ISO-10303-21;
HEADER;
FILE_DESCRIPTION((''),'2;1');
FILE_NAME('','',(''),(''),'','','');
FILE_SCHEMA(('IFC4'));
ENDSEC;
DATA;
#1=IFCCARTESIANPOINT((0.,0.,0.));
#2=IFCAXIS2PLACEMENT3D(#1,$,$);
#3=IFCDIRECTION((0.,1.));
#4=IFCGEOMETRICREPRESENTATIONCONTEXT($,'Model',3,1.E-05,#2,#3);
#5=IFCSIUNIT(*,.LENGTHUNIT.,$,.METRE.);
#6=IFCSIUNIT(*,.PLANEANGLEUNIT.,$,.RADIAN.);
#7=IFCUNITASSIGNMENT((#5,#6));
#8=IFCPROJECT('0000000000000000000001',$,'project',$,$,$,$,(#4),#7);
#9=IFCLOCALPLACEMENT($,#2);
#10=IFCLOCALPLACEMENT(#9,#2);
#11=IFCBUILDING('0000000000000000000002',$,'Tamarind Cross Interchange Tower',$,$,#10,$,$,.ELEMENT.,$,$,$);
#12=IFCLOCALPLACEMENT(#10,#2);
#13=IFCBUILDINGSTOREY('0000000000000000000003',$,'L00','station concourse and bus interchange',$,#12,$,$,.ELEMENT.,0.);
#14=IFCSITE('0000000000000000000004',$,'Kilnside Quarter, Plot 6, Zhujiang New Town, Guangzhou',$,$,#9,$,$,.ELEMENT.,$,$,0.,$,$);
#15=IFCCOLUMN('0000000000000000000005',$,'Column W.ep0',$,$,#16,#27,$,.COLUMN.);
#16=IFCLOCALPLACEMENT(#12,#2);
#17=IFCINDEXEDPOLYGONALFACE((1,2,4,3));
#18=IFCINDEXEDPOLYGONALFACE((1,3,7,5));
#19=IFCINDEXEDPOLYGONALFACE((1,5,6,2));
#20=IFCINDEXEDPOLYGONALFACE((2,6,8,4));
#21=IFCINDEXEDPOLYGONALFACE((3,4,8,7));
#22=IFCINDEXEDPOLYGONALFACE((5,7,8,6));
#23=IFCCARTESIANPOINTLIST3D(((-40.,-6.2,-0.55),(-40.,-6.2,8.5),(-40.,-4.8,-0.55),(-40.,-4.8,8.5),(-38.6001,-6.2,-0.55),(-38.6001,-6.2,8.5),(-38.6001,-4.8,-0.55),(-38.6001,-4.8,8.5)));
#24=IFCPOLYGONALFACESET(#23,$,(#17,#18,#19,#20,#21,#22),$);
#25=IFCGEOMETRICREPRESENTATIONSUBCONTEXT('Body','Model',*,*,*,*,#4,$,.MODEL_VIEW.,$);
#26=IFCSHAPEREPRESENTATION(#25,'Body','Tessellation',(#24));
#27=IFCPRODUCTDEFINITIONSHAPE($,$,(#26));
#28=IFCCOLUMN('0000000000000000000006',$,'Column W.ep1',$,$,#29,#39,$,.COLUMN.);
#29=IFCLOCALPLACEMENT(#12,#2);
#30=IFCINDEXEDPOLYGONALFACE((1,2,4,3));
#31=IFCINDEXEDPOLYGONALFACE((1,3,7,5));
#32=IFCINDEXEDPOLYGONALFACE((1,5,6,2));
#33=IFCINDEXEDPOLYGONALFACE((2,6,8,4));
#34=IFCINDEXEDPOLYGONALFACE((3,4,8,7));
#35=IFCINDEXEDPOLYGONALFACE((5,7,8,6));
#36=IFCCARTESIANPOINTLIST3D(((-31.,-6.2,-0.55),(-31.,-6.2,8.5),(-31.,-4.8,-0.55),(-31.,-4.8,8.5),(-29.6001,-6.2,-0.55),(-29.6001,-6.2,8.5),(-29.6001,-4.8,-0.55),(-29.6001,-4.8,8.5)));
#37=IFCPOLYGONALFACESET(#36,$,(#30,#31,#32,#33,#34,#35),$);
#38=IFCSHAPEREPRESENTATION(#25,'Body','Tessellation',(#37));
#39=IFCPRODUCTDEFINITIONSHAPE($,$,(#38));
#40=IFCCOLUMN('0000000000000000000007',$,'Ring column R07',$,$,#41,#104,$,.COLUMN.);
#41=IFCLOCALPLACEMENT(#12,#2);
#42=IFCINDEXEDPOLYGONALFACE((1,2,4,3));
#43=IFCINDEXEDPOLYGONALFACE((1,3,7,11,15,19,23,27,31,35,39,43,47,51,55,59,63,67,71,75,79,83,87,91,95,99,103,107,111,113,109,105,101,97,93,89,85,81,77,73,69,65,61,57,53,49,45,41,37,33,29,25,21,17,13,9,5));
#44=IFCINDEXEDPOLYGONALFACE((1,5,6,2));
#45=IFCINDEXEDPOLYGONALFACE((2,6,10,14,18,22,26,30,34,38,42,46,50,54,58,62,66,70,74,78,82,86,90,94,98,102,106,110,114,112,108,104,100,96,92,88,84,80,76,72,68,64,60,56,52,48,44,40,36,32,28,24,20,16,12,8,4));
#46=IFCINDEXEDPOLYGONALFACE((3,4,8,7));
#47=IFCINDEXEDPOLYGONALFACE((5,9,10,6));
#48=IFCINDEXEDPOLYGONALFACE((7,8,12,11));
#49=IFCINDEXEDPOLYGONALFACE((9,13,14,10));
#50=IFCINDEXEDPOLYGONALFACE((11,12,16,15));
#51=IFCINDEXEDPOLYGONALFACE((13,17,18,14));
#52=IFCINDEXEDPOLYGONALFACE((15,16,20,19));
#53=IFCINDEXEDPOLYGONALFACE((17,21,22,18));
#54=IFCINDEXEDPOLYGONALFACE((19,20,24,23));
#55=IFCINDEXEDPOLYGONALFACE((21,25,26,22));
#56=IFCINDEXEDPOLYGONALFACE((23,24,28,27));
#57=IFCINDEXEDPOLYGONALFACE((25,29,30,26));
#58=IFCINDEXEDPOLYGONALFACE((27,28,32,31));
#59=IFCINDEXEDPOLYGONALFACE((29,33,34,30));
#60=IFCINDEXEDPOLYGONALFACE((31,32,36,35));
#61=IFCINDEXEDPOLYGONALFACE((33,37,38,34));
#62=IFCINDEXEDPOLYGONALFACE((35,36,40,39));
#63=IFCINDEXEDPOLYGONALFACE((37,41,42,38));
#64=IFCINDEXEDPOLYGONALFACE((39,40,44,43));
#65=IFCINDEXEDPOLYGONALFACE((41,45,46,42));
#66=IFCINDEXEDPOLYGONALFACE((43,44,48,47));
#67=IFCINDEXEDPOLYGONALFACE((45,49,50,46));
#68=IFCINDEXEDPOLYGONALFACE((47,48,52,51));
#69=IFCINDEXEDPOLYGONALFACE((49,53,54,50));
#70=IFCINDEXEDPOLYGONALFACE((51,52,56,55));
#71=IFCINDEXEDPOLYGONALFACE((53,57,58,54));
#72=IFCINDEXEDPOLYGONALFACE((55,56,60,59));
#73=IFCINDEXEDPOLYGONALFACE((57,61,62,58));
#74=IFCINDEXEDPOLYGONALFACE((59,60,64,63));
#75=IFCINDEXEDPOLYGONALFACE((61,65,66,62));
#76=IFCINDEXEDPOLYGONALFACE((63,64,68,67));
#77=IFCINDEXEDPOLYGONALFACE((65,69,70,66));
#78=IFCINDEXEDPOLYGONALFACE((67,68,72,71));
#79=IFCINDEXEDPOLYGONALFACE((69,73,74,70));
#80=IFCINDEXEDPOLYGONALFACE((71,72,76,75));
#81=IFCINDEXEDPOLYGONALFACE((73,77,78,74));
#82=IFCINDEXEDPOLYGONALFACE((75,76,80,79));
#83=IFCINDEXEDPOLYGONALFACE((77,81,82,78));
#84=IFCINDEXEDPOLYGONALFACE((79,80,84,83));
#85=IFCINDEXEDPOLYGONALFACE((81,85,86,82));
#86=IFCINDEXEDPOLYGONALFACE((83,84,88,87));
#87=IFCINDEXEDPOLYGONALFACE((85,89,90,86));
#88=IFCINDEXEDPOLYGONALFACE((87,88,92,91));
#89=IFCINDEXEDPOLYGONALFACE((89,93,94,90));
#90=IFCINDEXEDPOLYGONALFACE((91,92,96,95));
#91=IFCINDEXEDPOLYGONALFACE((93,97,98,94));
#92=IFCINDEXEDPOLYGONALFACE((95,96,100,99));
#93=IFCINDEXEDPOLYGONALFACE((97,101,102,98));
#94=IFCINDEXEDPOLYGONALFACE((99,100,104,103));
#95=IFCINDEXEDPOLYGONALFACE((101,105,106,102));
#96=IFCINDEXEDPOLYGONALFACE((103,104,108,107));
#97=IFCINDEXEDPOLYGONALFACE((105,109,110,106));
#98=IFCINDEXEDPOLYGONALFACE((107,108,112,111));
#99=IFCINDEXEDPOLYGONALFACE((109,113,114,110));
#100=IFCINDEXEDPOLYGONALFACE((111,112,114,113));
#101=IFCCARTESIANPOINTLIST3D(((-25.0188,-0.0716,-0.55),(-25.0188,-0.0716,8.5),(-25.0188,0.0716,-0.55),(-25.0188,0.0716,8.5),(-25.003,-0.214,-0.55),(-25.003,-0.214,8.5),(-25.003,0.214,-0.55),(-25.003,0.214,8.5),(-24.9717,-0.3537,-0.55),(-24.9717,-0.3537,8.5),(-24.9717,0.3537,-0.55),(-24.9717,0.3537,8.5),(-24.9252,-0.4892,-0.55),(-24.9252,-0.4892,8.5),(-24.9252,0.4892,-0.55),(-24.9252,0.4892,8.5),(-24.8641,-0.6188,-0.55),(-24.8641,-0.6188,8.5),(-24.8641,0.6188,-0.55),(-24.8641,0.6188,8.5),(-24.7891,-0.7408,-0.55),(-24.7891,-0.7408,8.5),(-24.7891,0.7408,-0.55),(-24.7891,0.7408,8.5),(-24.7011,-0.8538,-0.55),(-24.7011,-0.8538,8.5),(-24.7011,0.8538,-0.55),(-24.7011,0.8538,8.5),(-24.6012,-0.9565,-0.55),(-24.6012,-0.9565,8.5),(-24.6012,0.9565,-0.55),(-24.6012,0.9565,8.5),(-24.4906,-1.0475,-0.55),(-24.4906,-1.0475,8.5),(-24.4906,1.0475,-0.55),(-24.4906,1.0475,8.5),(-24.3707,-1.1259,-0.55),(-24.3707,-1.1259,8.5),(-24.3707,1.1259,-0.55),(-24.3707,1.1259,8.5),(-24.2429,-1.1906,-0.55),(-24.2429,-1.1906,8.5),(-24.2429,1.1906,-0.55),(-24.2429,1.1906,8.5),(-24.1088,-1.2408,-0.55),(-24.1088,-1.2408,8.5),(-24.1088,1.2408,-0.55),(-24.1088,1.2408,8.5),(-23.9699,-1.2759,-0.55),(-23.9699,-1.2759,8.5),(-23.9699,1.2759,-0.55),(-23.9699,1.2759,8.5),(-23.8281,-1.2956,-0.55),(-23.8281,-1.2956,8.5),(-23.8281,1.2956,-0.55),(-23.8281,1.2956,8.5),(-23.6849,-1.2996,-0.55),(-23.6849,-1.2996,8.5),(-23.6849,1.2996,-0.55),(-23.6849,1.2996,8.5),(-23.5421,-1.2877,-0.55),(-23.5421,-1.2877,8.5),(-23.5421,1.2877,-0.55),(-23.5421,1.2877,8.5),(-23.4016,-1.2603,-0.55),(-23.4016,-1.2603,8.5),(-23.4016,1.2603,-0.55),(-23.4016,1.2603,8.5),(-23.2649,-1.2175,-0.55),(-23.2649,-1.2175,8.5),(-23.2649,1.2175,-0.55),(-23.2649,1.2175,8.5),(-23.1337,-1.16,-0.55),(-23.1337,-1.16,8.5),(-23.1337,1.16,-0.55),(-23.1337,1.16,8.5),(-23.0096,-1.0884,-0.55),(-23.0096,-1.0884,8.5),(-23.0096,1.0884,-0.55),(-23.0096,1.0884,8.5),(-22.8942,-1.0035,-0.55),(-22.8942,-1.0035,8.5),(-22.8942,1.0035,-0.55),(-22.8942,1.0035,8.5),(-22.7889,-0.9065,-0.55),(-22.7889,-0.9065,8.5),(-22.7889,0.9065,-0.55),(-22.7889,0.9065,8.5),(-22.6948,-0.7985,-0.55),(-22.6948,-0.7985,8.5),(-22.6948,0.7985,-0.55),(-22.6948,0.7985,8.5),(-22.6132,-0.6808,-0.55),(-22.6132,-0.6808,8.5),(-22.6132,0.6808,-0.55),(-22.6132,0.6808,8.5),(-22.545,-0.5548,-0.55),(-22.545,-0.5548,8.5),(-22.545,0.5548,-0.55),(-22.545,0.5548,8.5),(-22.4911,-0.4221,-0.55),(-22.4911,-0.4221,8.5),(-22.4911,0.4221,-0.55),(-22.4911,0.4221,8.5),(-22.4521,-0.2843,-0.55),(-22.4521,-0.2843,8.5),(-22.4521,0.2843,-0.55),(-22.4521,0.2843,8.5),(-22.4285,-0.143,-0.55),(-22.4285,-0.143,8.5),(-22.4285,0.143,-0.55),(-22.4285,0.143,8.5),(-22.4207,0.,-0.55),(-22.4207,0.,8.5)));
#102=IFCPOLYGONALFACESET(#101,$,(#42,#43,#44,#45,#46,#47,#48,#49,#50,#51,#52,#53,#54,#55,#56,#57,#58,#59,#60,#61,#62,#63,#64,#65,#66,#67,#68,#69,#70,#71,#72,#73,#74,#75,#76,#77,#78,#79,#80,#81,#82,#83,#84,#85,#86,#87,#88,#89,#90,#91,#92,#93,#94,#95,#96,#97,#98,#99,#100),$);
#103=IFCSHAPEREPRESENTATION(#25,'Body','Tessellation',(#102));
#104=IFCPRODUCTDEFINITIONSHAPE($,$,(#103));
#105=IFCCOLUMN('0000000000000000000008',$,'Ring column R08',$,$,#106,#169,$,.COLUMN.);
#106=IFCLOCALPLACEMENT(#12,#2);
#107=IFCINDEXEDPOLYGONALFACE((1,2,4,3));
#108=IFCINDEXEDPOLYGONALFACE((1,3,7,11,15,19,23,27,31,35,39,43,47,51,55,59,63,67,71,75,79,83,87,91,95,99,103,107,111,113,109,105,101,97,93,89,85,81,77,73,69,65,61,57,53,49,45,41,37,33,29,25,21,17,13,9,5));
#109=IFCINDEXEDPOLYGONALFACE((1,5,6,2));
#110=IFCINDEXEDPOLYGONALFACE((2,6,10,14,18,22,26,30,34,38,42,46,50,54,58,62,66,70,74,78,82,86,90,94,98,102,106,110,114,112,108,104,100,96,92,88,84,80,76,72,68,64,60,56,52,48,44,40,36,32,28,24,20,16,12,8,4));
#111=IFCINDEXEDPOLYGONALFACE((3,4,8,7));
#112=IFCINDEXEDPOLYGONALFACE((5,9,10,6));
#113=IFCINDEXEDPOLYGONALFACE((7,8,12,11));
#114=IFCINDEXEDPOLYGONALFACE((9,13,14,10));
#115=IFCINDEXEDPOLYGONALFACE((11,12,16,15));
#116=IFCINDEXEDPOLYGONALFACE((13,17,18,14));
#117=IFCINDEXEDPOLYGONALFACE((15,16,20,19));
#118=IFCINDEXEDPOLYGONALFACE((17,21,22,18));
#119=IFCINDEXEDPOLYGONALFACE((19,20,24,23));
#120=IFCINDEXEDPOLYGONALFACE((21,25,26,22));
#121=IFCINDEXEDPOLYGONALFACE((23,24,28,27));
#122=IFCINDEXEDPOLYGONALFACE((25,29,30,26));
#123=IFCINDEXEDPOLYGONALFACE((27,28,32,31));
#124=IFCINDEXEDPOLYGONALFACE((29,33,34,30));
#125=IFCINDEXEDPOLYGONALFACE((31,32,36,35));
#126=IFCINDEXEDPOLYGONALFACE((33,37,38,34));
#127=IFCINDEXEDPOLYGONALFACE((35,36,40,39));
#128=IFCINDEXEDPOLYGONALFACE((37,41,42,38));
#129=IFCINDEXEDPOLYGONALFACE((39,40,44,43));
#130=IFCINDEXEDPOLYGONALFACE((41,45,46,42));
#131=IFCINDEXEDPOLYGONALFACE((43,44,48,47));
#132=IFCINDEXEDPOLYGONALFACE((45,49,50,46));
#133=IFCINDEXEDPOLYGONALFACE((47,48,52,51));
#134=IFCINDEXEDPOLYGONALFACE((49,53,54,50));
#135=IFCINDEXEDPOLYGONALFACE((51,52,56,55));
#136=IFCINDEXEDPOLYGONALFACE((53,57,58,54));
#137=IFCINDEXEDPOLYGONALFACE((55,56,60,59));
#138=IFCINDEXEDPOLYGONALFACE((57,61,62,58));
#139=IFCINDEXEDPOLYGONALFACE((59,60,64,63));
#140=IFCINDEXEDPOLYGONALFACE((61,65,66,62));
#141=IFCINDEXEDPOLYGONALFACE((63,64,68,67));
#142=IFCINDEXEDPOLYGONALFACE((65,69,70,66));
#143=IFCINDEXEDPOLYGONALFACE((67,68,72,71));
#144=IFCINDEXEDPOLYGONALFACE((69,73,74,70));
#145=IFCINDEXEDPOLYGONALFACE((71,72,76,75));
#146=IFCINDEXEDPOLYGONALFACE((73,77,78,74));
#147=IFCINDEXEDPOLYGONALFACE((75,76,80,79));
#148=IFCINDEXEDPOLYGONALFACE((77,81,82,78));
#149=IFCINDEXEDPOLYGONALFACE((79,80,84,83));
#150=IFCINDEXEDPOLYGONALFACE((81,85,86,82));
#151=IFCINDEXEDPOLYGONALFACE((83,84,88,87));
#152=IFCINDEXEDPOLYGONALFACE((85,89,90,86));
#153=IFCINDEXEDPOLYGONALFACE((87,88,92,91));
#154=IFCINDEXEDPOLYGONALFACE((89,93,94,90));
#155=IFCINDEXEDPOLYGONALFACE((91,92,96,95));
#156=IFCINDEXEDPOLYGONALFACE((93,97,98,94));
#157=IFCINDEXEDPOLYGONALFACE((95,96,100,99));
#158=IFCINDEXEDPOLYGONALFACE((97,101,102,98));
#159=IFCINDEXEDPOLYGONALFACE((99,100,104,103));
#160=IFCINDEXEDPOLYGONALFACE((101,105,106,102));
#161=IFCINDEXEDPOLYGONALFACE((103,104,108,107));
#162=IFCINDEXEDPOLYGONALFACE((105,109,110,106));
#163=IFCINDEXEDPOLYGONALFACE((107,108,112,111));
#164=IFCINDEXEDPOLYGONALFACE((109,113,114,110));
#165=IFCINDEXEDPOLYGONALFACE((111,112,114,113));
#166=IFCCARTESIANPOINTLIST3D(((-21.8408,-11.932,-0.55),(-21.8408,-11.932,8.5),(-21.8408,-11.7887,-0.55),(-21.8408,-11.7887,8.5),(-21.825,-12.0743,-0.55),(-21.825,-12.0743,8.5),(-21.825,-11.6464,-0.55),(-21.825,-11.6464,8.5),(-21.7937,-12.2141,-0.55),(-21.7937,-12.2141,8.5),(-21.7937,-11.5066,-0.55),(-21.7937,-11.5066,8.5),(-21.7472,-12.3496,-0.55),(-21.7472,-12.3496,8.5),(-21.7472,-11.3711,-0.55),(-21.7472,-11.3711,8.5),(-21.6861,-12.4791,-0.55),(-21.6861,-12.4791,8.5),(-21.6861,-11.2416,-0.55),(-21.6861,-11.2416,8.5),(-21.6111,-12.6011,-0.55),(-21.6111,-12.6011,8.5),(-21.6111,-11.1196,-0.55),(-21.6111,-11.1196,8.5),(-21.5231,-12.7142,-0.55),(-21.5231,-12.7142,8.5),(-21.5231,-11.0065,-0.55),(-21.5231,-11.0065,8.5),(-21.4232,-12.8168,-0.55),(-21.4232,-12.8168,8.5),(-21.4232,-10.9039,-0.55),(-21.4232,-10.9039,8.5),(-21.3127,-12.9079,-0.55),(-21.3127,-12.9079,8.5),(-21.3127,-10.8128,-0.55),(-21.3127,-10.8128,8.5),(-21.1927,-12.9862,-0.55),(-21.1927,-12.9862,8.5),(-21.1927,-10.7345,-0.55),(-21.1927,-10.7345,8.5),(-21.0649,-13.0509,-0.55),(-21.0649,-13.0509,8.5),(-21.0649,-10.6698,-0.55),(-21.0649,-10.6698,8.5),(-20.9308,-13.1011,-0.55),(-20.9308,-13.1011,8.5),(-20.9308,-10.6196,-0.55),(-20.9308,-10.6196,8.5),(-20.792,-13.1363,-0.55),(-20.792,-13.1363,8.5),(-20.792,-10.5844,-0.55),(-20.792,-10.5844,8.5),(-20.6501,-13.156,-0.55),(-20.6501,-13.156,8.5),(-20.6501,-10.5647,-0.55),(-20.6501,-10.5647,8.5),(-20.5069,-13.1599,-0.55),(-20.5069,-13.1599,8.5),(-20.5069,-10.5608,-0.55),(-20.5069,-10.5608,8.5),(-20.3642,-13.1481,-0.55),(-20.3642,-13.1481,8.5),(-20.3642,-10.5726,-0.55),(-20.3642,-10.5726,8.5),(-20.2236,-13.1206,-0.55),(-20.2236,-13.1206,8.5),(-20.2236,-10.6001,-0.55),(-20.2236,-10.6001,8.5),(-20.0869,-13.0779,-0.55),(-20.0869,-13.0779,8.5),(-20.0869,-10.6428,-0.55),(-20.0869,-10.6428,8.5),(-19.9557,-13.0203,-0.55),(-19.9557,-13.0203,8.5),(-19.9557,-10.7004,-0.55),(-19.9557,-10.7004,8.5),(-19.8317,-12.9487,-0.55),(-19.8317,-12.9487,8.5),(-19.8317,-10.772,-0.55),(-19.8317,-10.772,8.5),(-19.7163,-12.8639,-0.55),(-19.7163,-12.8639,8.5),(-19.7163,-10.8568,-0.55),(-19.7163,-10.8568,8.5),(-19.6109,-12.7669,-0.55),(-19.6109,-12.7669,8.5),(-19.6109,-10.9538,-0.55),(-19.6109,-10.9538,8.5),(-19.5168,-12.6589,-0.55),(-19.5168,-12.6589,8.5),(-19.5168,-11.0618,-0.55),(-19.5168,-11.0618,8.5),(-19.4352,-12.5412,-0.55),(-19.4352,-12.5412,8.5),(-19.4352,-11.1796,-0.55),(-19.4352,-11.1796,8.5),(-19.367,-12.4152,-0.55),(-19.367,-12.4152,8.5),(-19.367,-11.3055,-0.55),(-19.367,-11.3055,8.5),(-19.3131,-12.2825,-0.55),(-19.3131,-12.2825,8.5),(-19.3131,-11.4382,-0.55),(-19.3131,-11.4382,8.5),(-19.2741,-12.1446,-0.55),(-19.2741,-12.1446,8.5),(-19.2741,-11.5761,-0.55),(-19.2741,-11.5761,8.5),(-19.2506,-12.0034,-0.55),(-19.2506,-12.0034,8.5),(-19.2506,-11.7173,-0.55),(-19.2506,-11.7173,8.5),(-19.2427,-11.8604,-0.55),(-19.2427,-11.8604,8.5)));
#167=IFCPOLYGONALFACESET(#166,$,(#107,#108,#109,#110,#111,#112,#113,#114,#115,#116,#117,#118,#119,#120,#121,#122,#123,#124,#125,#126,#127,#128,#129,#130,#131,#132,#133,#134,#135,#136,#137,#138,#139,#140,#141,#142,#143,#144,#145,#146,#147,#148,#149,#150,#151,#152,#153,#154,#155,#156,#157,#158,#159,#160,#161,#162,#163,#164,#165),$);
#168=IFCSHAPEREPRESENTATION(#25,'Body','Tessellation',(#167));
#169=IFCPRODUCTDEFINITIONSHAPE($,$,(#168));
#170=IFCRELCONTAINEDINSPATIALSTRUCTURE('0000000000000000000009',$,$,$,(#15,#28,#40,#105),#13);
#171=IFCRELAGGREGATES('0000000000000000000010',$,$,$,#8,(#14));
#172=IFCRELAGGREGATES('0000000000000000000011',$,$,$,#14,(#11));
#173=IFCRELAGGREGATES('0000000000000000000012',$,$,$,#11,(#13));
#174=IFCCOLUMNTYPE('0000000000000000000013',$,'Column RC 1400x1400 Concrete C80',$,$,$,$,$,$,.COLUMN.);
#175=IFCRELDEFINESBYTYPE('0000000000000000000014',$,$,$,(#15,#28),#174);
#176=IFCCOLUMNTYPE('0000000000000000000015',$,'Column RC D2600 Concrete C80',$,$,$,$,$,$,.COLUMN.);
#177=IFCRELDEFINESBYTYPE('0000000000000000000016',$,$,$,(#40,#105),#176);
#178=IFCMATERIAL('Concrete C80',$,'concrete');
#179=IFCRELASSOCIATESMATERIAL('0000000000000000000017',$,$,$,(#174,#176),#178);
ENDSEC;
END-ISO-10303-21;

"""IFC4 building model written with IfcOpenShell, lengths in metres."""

from ifc_helpers import new_model, si_unit, direction, frame, origin, origin_2d, place, context, subcontext, project, spatial, rectangle, circle, extrude, material, material_profile, profile_set, type_object, element, save


model = new_model("IFC4")

# Units and contexts
model_context = context("Model", 3, precision=1e-05, world=origin(), true_north=direction((0.0, 1.0)))
body_context = subcontext(model_context, "Body", "Model", "MODEL_VIEW")
ifc_project = project(units=[si_unit("LENGTHUNIT", "METRE"), si_unit("PLANEANGLEUNIT", "RADIAN")], contexts=[model_context])

# Site, building, storey
site_placement = place(None, origin())
site = spatial("IfcSite", under=ifc_project, at=site_placement, Name="Kilnside Quarter, Plot 6, Zhujiang New Town, Guangzhou", CompositionType="ELEMENT", RefElevation=0.0)
building_placement = place(site_placement, origin())
building = spatial("IfcBuilding", under=site, at=building_placement, Name="Tamarind Cross Interchange Tower", CompositionType="ELEMENT")
storey_placement = place(building_placement, origin())
storey = spatial("IfcBuildingStorey", under=building, at=storey_placement, Name="L00", Description="station concourse and bus interchange", CompositionType="ELEMENT", Elevation=0.0)

# Columns
ifc_material_1 = material(Name="Concrete C80", Category="concrete")
ifc_material_profile_1 = material_profile(ifc_material_1, rectangle(XDim=1.3999, YDim=1.3999, at=origin_2d()), Name="RC 1400x1400")
ifc_profile_set_1 = profile_set([ifc_material_profile_1], Name="Concrete C80")
column_type_1 = type_object("IfcColumnType", Name="Column RC 1400x1400 Concrete C80", PredefinedType="COLUMN", material=ifc_profile_set_1)
for number, where, z_axis, x_axis, name in (
    (1, (-39.3, -5.5, -0.55), (0.0, 0.0, 1.0), (1.0, 0.0, 0.0), "Column W.ep0"),
    (2, (-30.3, -5.5, -0.55), (0.0, 0.0, 1.0), (1.0, 0.0, 0.0), "Column W.ep1"),
):
    element("IfcColumn", number, at=place(storey_placement, frame(where, z_axis=z_axis, x_axis=x_axis)), inside=storey, type_object=column_type_1, Name=name, PredefinedType="COLUMN", context=body_context, shape_type="SweptSolid", body=[
        extrude(rectangle(XDim=1.3999, YDim=1.3999, at=origin_2d()), origin(), (0.0, 0.0, 1.0), 9.05),
    ])
ifc_material_profile_2 = material_profile(ifc_material_1, circle(Radius=1.3, at=origin_2d()), Name="RC D2600")
ifc_profile_set_2 = profile_set([ifc_material_profile_2], Name="Concrete C80")
column_type_2 = type_object("IfcColumnType", Name="Column RC D2600 Concrete C80", PredefinedType="COLUMN", material=ifc_profile_set_2)
for number, where, z_axis, x_axis, name in (
    (3, (-23.7207, 0.0, -0.55), (0.0, 0.0, 1.0), (1.0, 0.0, 0.0), "Ring column R07"),
    (4, (-20.5427, -11.8604, -0.55), (0.0, 0.0, 1.0), (1.0, 0.0, 0.0), "Ring column R08"),
):
    element("IfcColumn", number, at=place(storey_placement, frame(where, z_axis=z_axis, x_axis=x_axis)), inside=storey, type_object=column_type_2, Name=name, PredefinedType="COLUMN", context=body_context, shape_type="SweptSolid", body=[
        extrude(circle(Radius=1.3, at=origin_2d()), origin(), (0.0, 0.0, 1.0), 9.05),
    ])

save(model, "model.ifc")
